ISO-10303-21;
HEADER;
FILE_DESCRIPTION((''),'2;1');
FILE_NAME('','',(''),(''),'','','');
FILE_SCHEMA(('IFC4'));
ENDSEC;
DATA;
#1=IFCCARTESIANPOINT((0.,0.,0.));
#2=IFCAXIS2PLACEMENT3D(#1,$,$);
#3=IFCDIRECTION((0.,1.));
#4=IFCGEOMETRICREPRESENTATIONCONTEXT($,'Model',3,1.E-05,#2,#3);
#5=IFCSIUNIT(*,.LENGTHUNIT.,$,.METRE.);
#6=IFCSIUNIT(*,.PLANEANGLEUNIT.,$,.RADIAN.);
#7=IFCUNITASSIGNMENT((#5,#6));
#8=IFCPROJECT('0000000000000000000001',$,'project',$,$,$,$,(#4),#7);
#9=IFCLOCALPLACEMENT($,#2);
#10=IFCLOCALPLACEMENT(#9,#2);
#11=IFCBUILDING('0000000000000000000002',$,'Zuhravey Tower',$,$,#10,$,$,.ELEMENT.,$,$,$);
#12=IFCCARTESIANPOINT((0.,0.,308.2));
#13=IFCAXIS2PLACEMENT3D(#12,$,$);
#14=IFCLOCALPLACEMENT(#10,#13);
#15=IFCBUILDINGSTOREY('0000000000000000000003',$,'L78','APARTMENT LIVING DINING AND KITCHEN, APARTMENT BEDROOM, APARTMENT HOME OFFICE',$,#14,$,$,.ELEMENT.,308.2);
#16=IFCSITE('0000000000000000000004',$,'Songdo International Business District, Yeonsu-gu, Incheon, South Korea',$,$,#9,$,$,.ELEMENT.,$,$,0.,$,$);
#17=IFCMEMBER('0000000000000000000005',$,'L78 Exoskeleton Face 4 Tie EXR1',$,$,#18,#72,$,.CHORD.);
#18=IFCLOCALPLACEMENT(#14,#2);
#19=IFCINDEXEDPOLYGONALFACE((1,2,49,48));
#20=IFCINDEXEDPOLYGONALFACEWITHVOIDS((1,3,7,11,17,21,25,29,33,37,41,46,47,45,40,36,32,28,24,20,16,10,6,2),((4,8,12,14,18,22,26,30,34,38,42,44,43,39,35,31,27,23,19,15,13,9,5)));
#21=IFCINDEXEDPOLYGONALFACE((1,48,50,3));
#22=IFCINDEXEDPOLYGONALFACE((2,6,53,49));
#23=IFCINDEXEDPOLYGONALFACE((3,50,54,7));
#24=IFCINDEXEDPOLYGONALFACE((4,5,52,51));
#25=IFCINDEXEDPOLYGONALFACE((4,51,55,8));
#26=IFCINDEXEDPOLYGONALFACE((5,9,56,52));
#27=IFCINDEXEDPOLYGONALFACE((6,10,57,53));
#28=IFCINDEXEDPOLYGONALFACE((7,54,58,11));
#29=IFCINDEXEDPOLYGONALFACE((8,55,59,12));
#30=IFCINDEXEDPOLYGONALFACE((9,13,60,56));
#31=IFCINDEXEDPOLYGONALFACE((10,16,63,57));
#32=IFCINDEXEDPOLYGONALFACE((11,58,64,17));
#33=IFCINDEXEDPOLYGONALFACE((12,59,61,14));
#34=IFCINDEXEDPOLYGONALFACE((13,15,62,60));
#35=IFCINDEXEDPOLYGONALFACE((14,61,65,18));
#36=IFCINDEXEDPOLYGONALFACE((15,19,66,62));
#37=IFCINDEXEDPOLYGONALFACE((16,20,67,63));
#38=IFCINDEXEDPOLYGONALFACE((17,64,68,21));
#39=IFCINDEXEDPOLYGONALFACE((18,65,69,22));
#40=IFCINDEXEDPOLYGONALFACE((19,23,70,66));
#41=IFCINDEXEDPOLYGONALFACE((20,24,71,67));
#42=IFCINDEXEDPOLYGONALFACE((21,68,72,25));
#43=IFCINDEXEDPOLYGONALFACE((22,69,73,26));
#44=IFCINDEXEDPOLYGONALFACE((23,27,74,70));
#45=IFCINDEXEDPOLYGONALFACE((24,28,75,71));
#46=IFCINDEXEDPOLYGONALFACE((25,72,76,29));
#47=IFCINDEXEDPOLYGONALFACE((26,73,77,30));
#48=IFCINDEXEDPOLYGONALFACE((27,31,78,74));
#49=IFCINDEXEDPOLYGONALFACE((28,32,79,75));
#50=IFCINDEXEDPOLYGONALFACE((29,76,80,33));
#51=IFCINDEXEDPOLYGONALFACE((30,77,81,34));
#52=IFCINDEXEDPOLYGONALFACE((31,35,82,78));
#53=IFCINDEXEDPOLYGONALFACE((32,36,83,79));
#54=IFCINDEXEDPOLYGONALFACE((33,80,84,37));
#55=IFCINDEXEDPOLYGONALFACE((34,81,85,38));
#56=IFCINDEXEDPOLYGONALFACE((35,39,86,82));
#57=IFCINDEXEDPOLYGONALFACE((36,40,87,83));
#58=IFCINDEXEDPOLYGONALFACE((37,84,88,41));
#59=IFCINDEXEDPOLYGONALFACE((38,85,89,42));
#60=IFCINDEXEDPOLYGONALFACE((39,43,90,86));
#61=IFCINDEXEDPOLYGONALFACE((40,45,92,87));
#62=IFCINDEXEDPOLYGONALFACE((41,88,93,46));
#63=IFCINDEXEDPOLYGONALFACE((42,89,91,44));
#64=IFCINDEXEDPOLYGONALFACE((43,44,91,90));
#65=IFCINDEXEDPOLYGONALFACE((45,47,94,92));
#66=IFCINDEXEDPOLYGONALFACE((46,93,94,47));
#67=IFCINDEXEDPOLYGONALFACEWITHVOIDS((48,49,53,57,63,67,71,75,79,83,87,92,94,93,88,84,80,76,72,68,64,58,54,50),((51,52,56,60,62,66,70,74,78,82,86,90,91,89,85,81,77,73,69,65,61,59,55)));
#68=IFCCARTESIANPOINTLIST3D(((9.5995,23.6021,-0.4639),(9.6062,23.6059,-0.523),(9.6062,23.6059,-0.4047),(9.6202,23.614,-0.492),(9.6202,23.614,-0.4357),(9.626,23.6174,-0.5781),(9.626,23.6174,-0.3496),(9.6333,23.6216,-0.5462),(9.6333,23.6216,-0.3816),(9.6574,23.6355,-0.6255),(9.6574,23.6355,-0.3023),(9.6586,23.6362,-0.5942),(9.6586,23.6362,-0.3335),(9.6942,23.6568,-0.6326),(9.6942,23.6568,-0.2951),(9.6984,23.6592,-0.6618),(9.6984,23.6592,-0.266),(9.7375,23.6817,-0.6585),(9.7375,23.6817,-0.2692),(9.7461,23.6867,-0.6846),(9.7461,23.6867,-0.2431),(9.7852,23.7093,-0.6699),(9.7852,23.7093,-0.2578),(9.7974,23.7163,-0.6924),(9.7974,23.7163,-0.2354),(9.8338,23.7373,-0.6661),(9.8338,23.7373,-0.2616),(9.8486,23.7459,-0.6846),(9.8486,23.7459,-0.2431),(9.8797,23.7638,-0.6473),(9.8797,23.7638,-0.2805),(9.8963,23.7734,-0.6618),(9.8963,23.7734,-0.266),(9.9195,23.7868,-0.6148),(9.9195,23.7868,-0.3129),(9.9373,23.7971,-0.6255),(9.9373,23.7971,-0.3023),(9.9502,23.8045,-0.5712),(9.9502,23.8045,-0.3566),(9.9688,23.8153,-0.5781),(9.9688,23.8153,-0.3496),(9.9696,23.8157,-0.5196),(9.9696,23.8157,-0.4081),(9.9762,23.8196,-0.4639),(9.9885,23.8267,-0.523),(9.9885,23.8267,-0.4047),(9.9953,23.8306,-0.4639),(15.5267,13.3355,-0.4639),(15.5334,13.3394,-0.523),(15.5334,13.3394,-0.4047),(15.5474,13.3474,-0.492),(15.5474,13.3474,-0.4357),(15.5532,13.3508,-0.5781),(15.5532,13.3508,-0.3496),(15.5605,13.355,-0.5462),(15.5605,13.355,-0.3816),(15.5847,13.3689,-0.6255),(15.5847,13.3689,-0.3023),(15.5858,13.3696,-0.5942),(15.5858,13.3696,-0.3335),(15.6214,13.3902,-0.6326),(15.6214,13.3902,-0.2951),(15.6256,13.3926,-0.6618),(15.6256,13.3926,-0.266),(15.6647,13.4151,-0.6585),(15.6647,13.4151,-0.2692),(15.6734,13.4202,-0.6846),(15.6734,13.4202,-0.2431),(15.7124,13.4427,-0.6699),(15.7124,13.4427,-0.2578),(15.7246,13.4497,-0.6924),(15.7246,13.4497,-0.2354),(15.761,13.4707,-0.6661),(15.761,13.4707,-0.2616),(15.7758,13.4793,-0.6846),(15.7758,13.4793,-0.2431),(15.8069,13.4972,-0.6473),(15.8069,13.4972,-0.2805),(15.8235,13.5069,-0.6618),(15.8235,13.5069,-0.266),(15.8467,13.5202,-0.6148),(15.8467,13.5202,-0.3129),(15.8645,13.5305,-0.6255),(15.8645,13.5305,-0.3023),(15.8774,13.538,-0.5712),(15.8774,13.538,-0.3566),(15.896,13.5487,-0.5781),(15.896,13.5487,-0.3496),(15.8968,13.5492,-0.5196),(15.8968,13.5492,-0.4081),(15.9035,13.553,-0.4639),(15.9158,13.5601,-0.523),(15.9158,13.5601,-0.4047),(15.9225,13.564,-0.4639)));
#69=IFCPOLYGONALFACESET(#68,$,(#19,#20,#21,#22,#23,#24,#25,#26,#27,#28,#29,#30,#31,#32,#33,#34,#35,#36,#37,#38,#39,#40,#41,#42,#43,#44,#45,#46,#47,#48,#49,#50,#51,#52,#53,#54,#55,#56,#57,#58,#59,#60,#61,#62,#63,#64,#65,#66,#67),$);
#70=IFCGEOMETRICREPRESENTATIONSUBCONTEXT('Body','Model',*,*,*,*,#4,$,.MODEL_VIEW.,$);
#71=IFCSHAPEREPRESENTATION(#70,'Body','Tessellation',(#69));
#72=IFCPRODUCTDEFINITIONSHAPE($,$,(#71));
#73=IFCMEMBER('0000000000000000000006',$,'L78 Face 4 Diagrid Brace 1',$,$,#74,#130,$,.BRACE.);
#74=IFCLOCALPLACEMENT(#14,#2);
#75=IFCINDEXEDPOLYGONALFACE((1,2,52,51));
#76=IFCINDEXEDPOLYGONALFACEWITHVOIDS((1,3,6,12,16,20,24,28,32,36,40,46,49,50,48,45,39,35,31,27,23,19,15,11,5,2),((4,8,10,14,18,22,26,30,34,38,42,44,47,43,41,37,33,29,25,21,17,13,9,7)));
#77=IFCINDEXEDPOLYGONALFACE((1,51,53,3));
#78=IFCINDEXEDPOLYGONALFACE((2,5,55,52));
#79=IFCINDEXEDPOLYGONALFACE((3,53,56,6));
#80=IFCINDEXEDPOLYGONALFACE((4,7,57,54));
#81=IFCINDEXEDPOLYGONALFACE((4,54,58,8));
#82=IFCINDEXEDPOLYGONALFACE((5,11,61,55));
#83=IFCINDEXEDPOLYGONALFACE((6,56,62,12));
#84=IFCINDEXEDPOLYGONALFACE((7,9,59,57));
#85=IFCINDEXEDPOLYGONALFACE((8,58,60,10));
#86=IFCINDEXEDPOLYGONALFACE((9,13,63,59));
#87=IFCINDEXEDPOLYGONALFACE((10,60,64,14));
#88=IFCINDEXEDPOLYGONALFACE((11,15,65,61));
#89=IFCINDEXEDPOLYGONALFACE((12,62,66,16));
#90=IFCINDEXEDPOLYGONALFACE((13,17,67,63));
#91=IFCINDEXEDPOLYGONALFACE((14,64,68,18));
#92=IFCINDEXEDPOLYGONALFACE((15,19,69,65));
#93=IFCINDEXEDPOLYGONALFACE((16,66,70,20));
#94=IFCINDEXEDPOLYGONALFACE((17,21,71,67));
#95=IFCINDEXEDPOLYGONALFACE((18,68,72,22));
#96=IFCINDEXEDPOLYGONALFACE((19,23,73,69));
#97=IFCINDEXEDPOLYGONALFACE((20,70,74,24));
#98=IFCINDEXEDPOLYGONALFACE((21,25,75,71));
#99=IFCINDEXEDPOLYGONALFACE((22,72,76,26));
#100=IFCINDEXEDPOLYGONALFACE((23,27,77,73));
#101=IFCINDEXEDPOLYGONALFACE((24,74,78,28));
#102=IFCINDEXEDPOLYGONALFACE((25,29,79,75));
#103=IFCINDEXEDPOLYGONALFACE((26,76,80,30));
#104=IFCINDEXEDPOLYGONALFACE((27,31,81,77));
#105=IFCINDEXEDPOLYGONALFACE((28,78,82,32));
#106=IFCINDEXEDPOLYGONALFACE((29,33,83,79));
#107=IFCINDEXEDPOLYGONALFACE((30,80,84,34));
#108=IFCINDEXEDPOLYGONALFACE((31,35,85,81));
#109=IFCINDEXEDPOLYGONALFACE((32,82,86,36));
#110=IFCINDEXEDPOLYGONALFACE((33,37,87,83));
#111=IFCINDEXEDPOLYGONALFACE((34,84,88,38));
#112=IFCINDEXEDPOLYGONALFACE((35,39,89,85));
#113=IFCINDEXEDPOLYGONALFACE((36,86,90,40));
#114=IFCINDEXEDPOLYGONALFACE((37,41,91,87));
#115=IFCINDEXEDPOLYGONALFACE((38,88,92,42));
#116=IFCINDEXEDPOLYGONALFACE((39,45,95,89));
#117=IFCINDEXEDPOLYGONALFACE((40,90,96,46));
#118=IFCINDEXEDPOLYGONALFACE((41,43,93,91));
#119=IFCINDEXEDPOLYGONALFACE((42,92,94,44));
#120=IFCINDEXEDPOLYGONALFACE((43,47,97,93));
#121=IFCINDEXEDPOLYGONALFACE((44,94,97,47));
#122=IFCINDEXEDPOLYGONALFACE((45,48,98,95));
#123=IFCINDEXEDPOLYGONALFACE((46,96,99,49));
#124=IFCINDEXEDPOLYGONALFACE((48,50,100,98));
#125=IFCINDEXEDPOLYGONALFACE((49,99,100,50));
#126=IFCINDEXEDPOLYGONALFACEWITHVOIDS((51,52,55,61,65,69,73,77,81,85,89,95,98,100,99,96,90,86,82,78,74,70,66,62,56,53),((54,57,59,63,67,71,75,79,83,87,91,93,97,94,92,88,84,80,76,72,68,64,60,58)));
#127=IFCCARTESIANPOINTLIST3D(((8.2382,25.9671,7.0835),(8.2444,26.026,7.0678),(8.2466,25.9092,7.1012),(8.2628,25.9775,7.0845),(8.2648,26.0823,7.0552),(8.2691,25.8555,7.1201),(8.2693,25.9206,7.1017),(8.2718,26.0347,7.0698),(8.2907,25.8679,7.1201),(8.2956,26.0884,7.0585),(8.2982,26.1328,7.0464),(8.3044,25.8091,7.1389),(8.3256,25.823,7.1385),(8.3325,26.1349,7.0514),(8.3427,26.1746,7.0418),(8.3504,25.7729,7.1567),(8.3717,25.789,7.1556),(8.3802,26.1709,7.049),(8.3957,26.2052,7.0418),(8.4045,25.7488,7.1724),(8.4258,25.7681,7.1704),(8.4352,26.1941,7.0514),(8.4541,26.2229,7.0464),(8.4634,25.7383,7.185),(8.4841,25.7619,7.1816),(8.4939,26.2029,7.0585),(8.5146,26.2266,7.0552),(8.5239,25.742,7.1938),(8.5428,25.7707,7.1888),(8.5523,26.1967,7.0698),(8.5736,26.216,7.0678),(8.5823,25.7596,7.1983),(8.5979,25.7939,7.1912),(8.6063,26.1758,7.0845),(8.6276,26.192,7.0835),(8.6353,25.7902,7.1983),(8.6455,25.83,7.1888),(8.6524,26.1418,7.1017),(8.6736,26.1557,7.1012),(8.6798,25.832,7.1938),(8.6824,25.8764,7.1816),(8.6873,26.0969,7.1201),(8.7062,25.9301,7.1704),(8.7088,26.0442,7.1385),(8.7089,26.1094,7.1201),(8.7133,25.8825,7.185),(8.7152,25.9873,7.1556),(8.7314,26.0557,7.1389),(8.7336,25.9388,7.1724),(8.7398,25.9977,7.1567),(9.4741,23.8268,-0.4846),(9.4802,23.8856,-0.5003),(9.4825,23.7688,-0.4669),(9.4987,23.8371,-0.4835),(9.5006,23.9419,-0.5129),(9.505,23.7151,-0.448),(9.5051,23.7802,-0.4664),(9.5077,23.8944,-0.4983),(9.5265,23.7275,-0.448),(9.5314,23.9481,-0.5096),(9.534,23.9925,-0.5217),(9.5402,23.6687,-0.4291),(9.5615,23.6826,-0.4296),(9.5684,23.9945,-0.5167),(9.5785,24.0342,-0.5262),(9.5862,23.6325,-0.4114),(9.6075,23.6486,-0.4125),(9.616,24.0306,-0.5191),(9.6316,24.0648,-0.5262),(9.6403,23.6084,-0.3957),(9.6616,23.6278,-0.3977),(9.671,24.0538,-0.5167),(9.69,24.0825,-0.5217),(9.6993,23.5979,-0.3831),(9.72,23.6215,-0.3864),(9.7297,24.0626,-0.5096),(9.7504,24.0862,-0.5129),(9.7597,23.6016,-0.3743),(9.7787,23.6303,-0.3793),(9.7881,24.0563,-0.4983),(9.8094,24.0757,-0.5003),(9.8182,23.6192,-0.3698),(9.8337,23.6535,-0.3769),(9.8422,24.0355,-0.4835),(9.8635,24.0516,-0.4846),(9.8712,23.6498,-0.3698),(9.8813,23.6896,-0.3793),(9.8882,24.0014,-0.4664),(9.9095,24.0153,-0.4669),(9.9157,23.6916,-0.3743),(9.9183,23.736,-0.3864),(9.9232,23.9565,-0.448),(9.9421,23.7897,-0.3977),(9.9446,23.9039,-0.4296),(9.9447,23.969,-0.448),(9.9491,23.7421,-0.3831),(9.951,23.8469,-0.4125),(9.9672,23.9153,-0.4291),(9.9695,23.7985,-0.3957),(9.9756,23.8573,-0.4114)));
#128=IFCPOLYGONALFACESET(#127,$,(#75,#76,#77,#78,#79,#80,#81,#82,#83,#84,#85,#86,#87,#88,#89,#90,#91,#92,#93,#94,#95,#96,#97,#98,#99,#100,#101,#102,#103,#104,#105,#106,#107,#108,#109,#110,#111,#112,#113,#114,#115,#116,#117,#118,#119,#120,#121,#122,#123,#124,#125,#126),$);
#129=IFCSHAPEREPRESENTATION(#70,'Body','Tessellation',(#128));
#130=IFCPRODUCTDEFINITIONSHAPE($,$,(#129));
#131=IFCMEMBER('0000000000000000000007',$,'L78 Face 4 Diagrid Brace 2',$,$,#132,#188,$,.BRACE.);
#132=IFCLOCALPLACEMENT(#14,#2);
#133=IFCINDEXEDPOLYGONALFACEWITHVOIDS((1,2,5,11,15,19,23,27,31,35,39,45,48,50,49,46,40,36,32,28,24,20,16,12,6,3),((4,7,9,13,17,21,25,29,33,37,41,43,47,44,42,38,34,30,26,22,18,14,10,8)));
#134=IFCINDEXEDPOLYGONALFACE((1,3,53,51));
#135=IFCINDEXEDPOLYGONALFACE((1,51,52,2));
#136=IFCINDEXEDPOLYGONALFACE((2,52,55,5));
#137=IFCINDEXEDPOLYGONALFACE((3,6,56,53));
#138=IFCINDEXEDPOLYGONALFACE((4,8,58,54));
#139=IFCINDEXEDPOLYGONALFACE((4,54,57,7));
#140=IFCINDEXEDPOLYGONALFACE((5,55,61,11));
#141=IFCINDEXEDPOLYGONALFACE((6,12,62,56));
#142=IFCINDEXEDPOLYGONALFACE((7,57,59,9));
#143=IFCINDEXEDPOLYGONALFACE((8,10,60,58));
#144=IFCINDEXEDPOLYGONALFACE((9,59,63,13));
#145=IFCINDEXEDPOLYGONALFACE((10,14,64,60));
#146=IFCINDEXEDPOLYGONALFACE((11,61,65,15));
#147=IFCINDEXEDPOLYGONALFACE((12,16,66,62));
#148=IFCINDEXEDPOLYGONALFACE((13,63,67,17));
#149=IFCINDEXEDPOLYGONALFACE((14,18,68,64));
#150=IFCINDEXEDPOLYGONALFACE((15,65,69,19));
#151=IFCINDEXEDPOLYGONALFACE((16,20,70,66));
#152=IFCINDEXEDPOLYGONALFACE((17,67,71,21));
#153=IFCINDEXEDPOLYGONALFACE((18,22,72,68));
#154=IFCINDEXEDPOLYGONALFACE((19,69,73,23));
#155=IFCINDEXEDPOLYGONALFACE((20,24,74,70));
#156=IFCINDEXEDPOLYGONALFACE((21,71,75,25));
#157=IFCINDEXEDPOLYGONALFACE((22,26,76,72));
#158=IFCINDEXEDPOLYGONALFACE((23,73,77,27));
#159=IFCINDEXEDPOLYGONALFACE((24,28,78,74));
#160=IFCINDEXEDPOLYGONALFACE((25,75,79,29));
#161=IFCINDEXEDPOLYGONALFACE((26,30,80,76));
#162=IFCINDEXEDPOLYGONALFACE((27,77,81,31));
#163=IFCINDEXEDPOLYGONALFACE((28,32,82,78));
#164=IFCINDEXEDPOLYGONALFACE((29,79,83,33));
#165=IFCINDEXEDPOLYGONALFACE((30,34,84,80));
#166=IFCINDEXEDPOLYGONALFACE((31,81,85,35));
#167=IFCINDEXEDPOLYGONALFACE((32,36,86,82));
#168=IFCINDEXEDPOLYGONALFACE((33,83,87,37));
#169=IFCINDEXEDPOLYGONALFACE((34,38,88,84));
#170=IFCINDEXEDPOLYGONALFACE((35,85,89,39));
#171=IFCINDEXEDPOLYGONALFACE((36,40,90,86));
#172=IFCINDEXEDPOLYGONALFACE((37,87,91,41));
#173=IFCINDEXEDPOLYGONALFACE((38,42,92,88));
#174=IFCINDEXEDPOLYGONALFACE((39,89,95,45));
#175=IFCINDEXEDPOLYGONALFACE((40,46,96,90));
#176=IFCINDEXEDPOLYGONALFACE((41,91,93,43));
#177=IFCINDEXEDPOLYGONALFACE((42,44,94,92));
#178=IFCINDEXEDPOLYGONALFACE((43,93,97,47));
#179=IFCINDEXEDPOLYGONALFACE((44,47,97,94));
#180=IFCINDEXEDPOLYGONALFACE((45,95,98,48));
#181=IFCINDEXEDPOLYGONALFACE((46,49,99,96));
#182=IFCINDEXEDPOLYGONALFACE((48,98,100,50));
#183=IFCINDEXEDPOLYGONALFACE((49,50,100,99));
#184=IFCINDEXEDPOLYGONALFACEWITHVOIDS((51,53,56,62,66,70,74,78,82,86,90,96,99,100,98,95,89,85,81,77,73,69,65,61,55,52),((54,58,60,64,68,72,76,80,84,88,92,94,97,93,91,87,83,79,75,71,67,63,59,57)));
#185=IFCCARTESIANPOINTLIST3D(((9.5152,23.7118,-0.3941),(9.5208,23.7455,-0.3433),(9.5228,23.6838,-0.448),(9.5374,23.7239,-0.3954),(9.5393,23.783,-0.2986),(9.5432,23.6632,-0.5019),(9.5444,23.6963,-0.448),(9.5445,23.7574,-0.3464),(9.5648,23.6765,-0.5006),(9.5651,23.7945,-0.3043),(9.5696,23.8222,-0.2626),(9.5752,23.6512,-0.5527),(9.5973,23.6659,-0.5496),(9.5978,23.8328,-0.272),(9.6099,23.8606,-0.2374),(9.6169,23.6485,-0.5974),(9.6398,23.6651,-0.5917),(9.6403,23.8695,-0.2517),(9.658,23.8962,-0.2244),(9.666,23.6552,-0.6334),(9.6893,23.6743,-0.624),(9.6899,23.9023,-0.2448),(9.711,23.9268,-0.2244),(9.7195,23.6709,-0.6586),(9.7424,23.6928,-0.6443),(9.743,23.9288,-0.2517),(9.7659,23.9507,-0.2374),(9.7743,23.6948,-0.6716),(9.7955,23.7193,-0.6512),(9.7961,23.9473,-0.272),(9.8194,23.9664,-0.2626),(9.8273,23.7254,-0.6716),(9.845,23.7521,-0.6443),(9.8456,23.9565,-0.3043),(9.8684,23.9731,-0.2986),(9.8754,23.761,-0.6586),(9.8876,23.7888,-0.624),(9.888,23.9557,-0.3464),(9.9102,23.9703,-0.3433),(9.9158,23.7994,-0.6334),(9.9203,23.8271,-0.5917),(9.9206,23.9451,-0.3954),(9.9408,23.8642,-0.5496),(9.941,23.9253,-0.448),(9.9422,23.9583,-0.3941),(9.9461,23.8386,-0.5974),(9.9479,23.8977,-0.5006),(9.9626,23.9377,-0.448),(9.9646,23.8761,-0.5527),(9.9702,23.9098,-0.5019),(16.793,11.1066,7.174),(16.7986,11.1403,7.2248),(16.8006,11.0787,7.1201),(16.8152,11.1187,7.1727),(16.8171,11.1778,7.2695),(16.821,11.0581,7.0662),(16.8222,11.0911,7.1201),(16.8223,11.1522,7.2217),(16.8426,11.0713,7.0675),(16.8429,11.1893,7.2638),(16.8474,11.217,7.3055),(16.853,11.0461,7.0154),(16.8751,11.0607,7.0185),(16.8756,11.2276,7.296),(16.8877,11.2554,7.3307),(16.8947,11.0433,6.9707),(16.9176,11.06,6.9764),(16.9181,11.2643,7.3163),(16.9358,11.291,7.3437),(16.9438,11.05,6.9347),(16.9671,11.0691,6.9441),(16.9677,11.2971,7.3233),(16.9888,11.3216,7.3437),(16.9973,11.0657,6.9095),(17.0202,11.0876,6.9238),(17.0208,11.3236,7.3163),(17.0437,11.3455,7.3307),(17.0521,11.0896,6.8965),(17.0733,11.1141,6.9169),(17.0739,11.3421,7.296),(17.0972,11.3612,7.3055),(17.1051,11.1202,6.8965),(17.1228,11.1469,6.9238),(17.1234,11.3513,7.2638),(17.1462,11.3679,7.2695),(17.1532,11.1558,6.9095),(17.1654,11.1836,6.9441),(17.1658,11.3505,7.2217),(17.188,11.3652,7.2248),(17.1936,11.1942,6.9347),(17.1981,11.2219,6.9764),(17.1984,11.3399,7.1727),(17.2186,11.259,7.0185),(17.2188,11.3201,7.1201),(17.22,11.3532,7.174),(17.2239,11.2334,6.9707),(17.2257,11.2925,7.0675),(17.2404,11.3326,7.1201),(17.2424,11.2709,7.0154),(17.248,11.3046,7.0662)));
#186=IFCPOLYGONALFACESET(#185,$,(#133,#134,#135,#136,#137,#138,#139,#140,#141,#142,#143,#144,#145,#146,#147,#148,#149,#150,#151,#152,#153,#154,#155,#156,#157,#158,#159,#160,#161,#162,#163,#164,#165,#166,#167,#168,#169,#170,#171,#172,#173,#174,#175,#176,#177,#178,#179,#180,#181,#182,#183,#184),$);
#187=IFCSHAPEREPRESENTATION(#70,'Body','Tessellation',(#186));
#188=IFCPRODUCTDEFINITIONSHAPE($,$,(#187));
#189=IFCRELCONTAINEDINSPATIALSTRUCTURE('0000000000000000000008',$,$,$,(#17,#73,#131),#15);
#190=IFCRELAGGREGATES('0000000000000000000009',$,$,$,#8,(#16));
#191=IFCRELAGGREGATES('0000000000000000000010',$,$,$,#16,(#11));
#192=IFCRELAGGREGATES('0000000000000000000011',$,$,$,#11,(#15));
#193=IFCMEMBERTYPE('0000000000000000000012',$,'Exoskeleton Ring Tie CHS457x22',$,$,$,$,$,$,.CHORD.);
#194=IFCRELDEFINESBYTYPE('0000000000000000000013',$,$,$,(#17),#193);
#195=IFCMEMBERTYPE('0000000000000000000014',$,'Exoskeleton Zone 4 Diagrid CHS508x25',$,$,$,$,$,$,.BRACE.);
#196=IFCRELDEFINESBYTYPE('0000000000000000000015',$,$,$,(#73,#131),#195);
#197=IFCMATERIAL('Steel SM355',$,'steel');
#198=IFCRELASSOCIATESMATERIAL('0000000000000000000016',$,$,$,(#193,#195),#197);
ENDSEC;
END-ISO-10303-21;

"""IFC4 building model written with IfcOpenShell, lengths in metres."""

from ifc_helpers import new_model, si_unit, direction, frame, origin, origin_2d, place, context, subcontext, project, spatial, hollow_circle, extrude, material, material_profile, profile_set, type_object, element, save


model = new_model("IFC4")

# Units and contexts
model_context = context("Model", 3, precision=1e-05, world=origin(), true_north=direction((0.0, 1.0)))
body_context = subcontext(model_context, "Body", "Model", "MODEL_VIEW")
ifc_project = project(units=[si_unit("LENGTHUNIT", "METRE"), si_unit("PLANEANGLEUNIT", "RADIAN")], contexts=[model_context])

# Site, building, storey
site_placement = place(None, origin())
site = spatial("IfcSite", under=ifc_project, at=site_placement, Name="Songdo International Business District, Yeonsu-gu, Incheon, South Korea", CompositionType="ELEMENT", RefElevation=0.0)
building_placement = place(site_placement, origin())
building = spatial("IfcBuilding", under=site, at=building_placement, Name="Zuhravey Tower", CompositionType="ELEMENT")
storey_placement = place(building_placement, frame((0.0, 0.0, 308.2)))
storey = spatial("IfcBuildingStorey", under=building, at=storey_placement, Name="L78", Description="APARTMENT LIVING DINING AND KITCHEN, APARTMENT BEDROOM, APARTMENT HOME OFFICE", CompositionType="ELEMENT", Elevation=308.2)

# Members
ifc_material_1 = material(Name="Steel SM355", Category="steel")
ifc_material_profile_1 = material_profile(ifc_material_1, hollow_circle(Radius=0.2285, WallThickness=0.022, at=origin_2d()), Name="CHS-457.2x22")
ifc_profile_set_1 = profile_set([ifc_material_profile_1], Name="Steel SM355")
member_type_1 = type_object("IfcMemberType", Name="Exoskeleton Ring Tie CHS457x22", PredefinedType="CHORD", material=ifc_profile_set_1)
member_1_placement = place(storey_placement, frame((9.7974, 23.7163, -0.4639), z_axis=(0.499989, -0.866032, 0.0), x_axis=(0.866032, 0.499989, 0.0)))
element("IfcMember", 1, at=member_1_placement, inside=storey, type_object=member_type_1, Name="L78 Exoskeleton Face 4 Tie EXR1", PredefinedType="CHORD", context=body_context, shape_type="SweptSolid", body=[
    extrude(hollow_circle(Radius=0.2285, WallThickness=0.022, at=origin_2d()), origin(), (0.0, 0.0, 1.0), 11.8547),
])
ifc_material_profile_2 = material_profile(ifc_material_1, hollow_circle(Radius=0.2539, WallThickness=0.0249, at=origin_2d()), Name="CHS-508.0x25")
ifc_profile_set_2 = profile_set([ifc_material_profile_2], Name="Steel SM355")
member_type_2 = type_object("IfcMemberType", Name="Exoskeleton Zone 4 Diagrid CHS508x25", PredefinedType="BRACE", material=ifc_profile_set_2)
member_2_placement = place(storey_placement, frame((9.7249, 23.842, -0.448), z_axis=(-0.155228, 0.268843, 0.950593), x_axis=(-0.86601, -0.500027, 0.0)))
element("IfcMember", 2, at=member_2_placement, inside=storey, type_object=member_type_2, Name="L78 Face 4 Diagrid Brace 1", PredefinedType="BRACE", context=body_context, shape_type="SweptSolid", body=[
    extrude(hollow_circle(Radius=0.2539, WallThickness=0.0249, at=origin_2d()), origin(), (0.0, 0.0, 1.0), 7.9614),
])
member_3_placement = place(storey_placement, frame((9.7427, 23.8108, -0.448), z_axis=(0.443626, -0.768361, 0.46132), x_axis=(0.866019, 0.50001, 0.0)))
element("IfcMember", 3, at=member_3_placement, inside=storey, type_object=member_type_2, Name="L78 Face 4 Diagrid Brace 2", PredefinedType="BRACE", context=body_context, shape_type="SweptSolid", body=[
    extrude(hollow_circle(Radius=0.2539, WallThickness=0.0249, at=origin_2d()), origin(), (0.0, 0.0, 1.0), 16.4053),
])

save(model, "model.ifc")
